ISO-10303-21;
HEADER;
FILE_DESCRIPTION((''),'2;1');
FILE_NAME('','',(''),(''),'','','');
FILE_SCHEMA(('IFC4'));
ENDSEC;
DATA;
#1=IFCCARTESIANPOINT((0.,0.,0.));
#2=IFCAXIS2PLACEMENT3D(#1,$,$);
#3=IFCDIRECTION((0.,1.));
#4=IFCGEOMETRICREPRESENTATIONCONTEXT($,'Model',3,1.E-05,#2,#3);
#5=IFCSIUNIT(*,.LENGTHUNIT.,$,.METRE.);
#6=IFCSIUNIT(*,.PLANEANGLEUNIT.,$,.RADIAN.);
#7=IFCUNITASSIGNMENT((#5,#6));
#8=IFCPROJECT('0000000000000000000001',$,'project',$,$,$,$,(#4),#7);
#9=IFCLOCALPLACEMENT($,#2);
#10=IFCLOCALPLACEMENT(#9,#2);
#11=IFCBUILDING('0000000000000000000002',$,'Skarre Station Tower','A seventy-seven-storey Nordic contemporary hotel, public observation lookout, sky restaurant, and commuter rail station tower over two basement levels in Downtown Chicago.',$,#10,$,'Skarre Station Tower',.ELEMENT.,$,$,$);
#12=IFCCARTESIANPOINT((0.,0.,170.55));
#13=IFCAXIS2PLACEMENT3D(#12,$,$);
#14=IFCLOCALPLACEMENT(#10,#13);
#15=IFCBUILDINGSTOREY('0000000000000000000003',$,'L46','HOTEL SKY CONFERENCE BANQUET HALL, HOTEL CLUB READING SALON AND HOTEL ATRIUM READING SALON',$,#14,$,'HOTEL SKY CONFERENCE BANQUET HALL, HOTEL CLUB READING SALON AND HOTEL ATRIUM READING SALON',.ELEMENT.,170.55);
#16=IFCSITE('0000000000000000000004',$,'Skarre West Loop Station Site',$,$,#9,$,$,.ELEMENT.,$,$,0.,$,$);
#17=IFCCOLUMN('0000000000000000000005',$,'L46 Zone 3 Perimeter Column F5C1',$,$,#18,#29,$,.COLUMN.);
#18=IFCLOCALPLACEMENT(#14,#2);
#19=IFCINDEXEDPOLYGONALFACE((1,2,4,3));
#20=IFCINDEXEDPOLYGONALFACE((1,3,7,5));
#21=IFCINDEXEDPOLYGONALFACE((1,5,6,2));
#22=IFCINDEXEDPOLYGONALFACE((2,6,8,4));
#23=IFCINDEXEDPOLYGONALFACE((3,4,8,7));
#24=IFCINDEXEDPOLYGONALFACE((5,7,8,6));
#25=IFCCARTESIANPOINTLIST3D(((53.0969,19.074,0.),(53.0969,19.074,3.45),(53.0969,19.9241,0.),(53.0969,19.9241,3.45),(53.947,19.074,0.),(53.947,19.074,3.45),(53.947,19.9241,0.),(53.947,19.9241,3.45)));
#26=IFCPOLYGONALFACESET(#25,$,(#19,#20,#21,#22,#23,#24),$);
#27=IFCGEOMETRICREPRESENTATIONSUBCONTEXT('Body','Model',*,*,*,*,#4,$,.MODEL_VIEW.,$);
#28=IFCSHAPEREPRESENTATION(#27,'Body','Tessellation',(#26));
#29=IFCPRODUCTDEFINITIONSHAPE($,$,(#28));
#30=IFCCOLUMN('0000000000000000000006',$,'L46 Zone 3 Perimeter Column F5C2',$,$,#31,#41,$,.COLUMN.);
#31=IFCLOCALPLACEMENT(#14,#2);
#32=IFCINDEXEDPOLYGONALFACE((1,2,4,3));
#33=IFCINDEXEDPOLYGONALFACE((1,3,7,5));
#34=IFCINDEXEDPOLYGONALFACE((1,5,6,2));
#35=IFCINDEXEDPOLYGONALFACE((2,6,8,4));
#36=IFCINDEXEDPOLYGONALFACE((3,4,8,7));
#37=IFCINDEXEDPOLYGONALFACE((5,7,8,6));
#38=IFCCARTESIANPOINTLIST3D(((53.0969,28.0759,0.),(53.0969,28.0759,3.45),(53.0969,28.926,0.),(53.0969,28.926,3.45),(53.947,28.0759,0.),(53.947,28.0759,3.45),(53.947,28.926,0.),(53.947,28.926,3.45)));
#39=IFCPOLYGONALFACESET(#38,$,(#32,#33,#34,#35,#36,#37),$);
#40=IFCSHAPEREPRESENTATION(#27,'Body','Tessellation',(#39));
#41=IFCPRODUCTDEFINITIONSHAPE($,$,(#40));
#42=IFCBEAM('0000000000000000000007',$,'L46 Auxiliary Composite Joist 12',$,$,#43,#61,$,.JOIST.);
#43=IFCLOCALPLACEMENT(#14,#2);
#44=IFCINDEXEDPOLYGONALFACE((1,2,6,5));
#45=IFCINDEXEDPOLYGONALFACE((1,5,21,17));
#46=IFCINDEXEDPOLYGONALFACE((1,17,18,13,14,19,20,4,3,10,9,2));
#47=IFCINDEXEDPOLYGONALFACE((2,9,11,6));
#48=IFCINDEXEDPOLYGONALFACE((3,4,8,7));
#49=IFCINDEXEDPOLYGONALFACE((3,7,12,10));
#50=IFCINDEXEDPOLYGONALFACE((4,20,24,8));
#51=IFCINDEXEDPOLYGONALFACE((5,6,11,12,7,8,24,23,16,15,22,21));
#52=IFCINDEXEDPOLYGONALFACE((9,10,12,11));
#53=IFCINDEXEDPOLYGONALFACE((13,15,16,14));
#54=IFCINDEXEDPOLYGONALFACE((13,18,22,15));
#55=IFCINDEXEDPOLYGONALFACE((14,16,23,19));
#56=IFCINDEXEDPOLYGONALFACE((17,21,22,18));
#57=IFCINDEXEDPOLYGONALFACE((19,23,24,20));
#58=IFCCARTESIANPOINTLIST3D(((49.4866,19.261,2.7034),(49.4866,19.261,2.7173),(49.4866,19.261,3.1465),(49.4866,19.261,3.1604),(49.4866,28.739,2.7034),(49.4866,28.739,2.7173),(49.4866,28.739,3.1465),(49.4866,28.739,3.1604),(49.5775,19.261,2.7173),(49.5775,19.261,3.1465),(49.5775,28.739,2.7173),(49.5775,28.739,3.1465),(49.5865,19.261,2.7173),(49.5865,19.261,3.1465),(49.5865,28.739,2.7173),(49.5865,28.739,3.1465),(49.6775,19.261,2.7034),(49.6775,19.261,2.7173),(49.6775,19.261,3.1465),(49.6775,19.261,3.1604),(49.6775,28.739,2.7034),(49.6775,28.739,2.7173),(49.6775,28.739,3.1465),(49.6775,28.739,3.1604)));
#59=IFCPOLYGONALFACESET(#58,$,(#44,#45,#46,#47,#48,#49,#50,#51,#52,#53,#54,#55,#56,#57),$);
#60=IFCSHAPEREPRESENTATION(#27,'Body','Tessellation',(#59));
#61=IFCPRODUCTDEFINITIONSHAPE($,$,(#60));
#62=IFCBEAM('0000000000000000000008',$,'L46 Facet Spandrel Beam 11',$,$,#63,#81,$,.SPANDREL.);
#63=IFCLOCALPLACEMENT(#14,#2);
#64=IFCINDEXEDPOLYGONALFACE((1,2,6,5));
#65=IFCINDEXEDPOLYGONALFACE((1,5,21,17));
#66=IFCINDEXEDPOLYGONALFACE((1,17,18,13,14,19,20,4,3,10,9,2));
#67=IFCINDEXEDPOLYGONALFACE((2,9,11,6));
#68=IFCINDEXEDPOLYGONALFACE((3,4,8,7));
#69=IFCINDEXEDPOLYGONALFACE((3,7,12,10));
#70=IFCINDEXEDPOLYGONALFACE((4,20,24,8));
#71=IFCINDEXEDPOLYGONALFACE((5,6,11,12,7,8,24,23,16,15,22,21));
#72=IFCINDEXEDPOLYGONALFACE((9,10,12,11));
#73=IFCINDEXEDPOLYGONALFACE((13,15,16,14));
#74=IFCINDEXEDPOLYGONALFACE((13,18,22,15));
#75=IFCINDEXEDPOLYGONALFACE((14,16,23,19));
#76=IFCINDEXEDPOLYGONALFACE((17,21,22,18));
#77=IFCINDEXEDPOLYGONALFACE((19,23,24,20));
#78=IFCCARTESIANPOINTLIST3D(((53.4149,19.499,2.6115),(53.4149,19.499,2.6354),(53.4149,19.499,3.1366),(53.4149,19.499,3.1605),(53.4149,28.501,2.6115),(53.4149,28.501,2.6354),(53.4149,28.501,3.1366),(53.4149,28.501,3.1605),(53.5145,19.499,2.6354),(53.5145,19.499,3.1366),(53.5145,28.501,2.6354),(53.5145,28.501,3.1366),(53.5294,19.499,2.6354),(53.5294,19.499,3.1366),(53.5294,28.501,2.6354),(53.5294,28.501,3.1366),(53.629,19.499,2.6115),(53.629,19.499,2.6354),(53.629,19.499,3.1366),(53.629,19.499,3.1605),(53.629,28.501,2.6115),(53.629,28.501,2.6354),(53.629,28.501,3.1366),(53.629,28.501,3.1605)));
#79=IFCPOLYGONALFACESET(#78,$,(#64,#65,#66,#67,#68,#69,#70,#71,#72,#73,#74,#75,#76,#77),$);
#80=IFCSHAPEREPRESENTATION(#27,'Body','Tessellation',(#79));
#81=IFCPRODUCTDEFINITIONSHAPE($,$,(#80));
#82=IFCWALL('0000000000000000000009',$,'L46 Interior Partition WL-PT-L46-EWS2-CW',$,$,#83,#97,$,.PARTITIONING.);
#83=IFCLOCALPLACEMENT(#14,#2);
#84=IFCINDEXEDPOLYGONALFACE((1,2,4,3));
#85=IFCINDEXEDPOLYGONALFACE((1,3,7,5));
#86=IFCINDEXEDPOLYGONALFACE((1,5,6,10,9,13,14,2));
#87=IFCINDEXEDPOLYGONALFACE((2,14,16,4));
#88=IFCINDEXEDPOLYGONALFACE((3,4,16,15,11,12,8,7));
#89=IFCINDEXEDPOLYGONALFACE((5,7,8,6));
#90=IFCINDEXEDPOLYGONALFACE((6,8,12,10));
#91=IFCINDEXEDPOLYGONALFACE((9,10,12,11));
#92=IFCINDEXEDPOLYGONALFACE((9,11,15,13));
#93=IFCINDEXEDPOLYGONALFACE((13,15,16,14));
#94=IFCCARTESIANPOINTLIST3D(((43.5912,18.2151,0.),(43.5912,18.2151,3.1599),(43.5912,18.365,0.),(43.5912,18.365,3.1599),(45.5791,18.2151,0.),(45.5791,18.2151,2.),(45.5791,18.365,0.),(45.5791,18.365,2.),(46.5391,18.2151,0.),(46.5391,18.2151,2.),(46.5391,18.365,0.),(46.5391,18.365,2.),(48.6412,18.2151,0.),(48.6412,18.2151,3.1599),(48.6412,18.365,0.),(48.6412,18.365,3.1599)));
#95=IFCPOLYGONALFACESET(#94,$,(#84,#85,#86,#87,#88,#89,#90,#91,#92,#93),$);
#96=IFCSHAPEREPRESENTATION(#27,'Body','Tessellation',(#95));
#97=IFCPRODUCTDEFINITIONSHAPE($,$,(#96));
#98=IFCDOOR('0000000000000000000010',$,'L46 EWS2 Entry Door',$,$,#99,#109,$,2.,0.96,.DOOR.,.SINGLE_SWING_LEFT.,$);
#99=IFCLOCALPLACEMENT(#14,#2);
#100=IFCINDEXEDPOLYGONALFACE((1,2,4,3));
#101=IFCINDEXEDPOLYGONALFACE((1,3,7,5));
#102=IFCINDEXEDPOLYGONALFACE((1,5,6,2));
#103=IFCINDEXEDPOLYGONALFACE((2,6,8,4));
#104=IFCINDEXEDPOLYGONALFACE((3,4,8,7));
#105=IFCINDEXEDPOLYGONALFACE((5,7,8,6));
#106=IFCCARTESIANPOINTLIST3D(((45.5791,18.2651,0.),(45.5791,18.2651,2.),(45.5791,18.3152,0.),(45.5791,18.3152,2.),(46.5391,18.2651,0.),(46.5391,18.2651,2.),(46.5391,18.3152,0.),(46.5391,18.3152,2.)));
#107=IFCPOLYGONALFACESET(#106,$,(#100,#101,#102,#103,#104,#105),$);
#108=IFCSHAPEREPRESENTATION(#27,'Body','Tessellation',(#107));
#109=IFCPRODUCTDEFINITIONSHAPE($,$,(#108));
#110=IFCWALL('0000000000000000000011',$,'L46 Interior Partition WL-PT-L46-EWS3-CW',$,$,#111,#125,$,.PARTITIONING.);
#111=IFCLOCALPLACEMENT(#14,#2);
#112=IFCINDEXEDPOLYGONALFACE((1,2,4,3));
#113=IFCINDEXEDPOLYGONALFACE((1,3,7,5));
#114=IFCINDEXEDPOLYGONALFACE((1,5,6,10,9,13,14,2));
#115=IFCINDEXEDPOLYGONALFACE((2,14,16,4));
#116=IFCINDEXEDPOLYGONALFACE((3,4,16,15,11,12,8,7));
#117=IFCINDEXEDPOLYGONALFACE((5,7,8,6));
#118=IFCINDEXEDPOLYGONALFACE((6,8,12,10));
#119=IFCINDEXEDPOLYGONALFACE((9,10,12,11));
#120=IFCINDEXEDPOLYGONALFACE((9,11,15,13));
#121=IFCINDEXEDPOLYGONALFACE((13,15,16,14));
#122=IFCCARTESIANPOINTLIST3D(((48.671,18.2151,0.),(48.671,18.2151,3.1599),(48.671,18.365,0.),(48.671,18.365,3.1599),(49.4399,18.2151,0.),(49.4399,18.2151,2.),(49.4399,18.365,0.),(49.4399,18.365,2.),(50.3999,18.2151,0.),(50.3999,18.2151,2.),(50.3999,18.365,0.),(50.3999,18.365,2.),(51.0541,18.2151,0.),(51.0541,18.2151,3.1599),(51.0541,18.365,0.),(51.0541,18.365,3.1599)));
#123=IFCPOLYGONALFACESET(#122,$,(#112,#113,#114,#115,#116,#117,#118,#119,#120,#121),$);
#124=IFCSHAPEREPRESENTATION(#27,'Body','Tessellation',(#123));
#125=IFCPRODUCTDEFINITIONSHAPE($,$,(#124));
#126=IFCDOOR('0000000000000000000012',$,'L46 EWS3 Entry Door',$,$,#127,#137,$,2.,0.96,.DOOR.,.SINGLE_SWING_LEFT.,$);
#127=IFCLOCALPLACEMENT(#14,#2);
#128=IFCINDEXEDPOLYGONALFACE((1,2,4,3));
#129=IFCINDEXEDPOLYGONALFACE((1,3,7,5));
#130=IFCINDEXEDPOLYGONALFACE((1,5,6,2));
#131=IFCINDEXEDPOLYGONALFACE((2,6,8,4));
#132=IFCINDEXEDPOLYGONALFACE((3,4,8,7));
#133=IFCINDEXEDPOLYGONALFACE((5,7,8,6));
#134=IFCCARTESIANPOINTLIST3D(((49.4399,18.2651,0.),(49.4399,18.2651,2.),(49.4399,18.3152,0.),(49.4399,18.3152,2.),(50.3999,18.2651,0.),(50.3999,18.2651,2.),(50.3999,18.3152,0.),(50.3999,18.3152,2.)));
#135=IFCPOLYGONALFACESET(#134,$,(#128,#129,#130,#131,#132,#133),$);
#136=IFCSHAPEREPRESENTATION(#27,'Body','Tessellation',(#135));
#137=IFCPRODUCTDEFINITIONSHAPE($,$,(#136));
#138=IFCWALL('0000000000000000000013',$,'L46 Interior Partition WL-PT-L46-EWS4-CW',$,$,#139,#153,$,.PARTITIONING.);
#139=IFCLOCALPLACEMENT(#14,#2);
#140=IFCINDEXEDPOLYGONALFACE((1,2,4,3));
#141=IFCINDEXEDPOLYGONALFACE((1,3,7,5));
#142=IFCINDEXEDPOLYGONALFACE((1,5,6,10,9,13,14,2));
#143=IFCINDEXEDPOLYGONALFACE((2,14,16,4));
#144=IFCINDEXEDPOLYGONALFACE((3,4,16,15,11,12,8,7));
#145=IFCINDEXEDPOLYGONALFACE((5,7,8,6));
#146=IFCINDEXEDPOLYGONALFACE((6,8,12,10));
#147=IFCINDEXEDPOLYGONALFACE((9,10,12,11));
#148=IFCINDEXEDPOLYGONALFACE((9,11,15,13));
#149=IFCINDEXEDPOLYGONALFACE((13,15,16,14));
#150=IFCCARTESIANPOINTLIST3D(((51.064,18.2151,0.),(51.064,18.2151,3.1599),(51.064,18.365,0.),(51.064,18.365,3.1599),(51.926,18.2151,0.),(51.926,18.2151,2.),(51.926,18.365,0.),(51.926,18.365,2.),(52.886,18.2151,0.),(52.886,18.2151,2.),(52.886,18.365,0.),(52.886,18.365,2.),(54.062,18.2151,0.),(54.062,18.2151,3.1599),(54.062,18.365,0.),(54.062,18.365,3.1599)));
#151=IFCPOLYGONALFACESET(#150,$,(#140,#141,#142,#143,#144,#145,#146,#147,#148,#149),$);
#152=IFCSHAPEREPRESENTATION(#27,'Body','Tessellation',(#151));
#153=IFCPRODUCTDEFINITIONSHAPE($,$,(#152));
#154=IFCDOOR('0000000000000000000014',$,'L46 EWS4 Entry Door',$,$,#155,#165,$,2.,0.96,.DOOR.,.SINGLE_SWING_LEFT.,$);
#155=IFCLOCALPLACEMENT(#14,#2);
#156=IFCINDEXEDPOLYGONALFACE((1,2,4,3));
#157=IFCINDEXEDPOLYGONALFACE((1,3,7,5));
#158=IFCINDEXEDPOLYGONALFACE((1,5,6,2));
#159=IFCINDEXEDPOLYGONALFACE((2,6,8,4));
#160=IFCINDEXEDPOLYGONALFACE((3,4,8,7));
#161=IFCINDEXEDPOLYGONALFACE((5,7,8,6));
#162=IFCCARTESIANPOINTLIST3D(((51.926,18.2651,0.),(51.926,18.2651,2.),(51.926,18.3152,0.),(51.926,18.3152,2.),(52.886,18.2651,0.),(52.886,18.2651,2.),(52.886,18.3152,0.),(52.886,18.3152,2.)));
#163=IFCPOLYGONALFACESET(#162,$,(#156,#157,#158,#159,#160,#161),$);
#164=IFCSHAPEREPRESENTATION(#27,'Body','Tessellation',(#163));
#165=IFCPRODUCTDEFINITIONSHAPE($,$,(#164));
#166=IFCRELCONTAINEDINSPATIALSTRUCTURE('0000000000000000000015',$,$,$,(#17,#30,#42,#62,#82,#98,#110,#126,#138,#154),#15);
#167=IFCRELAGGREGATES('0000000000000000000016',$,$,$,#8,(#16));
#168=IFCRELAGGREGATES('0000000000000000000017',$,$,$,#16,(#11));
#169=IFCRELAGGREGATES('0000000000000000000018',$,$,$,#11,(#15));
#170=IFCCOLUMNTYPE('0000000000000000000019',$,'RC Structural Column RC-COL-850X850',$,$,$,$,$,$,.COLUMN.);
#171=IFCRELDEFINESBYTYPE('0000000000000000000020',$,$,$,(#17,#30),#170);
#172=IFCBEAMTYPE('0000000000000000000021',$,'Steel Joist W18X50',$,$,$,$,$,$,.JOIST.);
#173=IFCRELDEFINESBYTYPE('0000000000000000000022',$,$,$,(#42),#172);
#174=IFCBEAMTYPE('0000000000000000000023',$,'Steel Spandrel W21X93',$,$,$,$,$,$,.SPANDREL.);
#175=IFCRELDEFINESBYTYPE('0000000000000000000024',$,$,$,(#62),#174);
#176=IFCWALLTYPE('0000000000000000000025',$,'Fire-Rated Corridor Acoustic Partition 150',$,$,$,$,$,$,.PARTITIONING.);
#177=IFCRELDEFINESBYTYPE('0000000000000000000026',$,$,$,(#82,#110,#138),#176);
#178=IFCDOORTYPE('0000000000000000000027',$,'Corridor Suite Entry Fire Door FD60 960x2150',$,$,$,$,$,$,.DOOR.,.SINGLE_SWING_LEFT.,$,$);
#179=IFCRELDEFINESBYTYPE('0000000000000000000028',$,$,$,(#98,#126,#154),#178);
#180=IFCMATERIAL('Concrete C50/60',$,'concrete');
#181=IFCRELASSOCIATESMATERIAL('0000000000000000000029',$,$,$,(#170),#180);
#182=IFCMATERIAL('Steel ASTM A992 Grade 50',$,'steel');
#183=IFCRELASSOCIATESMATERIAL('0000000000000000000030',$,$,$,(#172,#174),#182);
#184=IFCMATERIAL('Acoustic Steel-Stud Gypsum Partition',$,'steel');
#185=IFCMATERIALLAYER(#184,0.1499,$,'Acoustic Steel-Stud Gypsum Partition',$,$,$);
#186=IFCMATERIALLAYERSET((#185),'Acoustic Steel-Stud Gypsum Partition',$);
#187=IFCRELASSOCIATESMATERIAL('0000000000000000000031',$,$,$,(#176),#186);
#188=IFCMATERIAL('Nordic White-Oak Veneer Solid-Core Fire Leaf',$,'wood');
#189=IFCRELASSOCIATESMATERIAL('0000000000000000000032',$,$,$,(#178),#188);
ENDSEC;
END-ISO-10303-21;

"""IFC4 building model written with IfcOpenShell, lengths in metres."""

from ifc_helpers import new_model, si_unit, direction, frame, frame_2d, origin, origin_2d, place, context, subcontext, project, spatial, rectangle, i_section, extrude, material, layer, layer_set, material_profile, profile_set, type_object, element, fill, save


model = new_model("IFC4")

# Units and contexts
model_context = context("Model", 3, precision=1e-05, world=origin(), true_north=direction((0.0, 1.0)))
body_context = subcontext(model_context, "Body", "Model", "MODEL_VIEW")
ifc_project = project(units=[si_unit("LENGTHUNIT", "METRE"), si_unit("PLANEANGLEUNIT", "RADIAN")], contexts=[model_context])

# Site, building, storey
site_placement = place(None, origin())
site = spatial("IfcSite", under=ifc_project, at=site_placement, Name="Skarre West Loop Station Site", CompositionType="ELEMENT", RefElevation=0.0)
building_placement = place(site_placement, origin())
building = spatial("IfcBuilding", under=site, at=building_placement, Name="Skarre Station Tower", Description="A seventy-seven-storey Nordic contemporary hotel, public observation lookout, sky restaurant, and commuter rail station tower over two basement levels in Downtown Chicago.", LongName="Skarre Station Tower", CompositionType="ELEMENT")
storey_placement = place(building_placement, frame((0.0, 0.0, 170.55)))
storey = spatial("IfcBuildingStorey", under=building, at=storey_placement, Name="L46", Description="HOTEL SKY CONFERENCE BANQUET HALL, HOTEL CLUB READING SALON AND HOTEL ATRIUM READING SALON", LongName="HOTEL SKY CONFERENCE BANQUET HALL, HOTEL CLUB READING SALON AND HOTEL ATRIUM READING SALON", CompositionType="ELEMENT", Elevation=170.55)

# Columns
ifc_material_1 = material(Name="Concrete C50/60", Category="concrete")
ifc_material_profile_1 = material_profile(ifc_material_1, rectangle(XDim=0.8501, YDim=0.8501, at=origin_2d()), Name="Concrete C50/60")
ifc_profile_set_1 = profile_set([ifc_material_profile_1], Name="Concrete C50/60")
column_type = type_object("IfcColumnType", Name="RC Structural Column RC-COL-850X850", PredefinedType="COLUMN", material=ifc_profile_set_1)
for number, where, z_axis, x_axis, name in (
    (1, (53.522, 19.499, 0.0), (0.0, 0.0, 1.0), (1.0, 0.0, 0.0), "L46 Zone 3 Perimeter Column F5C1"),
    (2, (53.522, 28.501, 0.0), (0.0, 0.0, 1.0), (1.0, 0.0, 0.0), "L46 Zone 3 Perimeter Column F5C2"),
):
    element("IfcColumn", number, at=place(storey_placement, frame(where, z_axis=z_axis, x_axis=x_axis)), inside=storey, type_object=column_type, Name=name, PredefinedType="COLUMN", context=body_context, shape_type="SweptSolid", body=[
        extrude(rectangle(XDim=0.8501, YDim=0.8501, at=origin_2d()), origin(), (0.0, 0.0, 1.0), 3.45),
    ])

# Beams
ifc_material_2 = material(Name="Steel ASTM A992 Grade 50", Category="steel")
ifc_material_profile_2 = material_profile(ifc_material_2, i_section(OverallWidth=0.1909, OverallDepth=0.457, WebThickness=0.009, FlangeThickness=0.0139, at=origin_2d()), Name="Steel ASTM A992 Grade 50")
ifc_profile_set_2 = profile_set([ifc_material_profile_2], Name="Steel ASTM A992 Grade 50")
beam_type_1 = type_object("IfcBeamType", Name="Steel Joist W18X50", PredefinedType="JOIST", material=ifc_profile_set_2)
beam_1_placement = place(storey_placement, frame((49.582, 19.261, 2.9319), z_axis=(0.0, 1.0, 0.0), x_axis=(-1.0, 0.0, 0.0)))
element("IfcBeam", 3, at=beam_1_placement, inside=storey, type_object=beam_type_1, Name="L46 Auxiliary Composite Joist 12", PredefinedType="JOIST", context=body_context, shape_type="SweptSolid", body=[
    extrude(i_section(OverallWidth=0.1909, OverallDepth=0.457, WebThickness=0.009, FlangeThickness=0.0139, at=origin_2d()), origin(), (0.0, 0.0, 1.0), 9.478),
])
ifc_material_profile_3 = material_profile(ifc_material_2, i_section(OverallWidth=0.2141, OverallDepth=0.5491, WebThickness=0.0149, FlangeThickness=0.0239, at=origin_2d()), Name="Steel ASTM A992 Grade 50")
ifc_profile_set_3 = profile_set([ifc_material_profile_3], Name="Steel ASTM A992 Grade 50")
beam_type_2 = type_object("IfcBeamType", Name="Steel Spandrel W21X93", PredefinedType="SPANDREL", material=ifc_profile_set_3)
beam_2_placement = place(storey_placement, frame((53.522, 19.499, 2.886), z_axis=(0.0, 1.0, 0.0), x_axis=(-1.0, 0.0, 0.0)))
element("IfcBeam", 4, at=beam_2_placement, inside=storey, type_object=beam_type_2, Name="L46 Facet Spandrel Beam 11", PredefinedType="SPANDREL", context=body_context, shape_type="SweptSolid", body=[
    extrude(i_section(OverallWidth=0.2141, OverallDepth=0.5491, WebThickness=0.0149, FlangeThickness=0.0239, at=origin_2d()), origin(), (0.0, 0.0, 1.0), 9.002),
])

# Walls, openings, doors
ifc_material_3 = material(Name="Acoustic Steel-Stud Gypsum Partition", Category="steel")
ifc_layer_1 = layer(ifc_material_3, 0.1499, Name="Acoustic Steel-Stud Gypsum Partition")
ifc_layer_set_1 = layer_set([ifc_layer_1], Name="Acoustic Steel-Stud Gypsum Partition")
wall_type_1 = type_object("IfcWallType", Name="Fire-Rated Corridor Acoustic Partition 150", PredefinedType="PARTITIONING", material=ifc_layer_set_1)
wall_1_placement = place(storey_placement, frame((48.6411, 18.29, 0.0), z_axis=(0.0, 0.0, 1.0), x_axis=(-1.0, 0.0, 0.0)))
wall_1 = element("IfcWall", 5, at=wall_1_placement, inside=storey, type_object=wall_type_1, Name="L46 Interior Partition WL-PT-L46-EWS2-CW", PredefinedType="PARTITIONING", context=body_context, shape_type="SweptSolid", body=[
    extrude(rectangle(XDim=5.05, YDim=0.1499, at=frame_2d((2.5249, 0.0))), origin(), (0.0, 0.0, 1.0), 3.1599),
])
opening_1_placement = place(wall_1_placement, frame((2.1021, 0.0, 0.0)))
opening_1 = element("IfcOpeningElement", 6, at=opening_1_placement, cuts=wall_1, PredefinedType="OPENING", context=body_context, shape_type="SweptSolid", body=[
    extrude(rectangle(XDim=0.96, YDim=2.0, at=frame_2d((0.48, 1.0))), frame((0.0, 0.085, 0.0), z_axis=(0.0, -1.0, 0.0), x_axis=(1.0, 0.0, 0.0)), (0.0, 0.0, 1.0), 0.1699),
])
ifc_material_4 = material(Name="Nordic White-Oak Veneer Solid-Core Fire Leaf", Category="wood")
door_type = type_object("IfcDoorType", Name="Corridor Suite Entry Fire Door FD60 960x2150", OperationType="SINGLE_SWING_LEFT", PredefinedType="DOOR", material=ifc_material_4)
door_1_placement = place(opening_1_placement, origin())
door_1 = element("IfcDoor", 7, at=door_1_placement, inside=storey, type_object=door_type, Name="L46 EWS2 Entry Door", OperationType="SINGLE_SWING_LEFT", OverallHeight=2.0, OverallWidth=0.96, PredefinedType="DOOR", context=body_context, shape_type="SweptSolid", body=[
    extrude(rectangle(XDim=0.96, YDim=2.0, at=frame_2d((0.48, 1.0))), frame((0.0, 0.0249, 0.0), z_axis=(0.0, -1.0, 0.0), x_axis=(1.0, 0.0, 0.0)), (0.0, 0.0, 1.0), 0.05),
])
fill(opening_1, door_1)
wall_2_placement = place(storey_placement, frame((51.054, 18.29, 0.0), z_axis=(0.0, 0.0, 1.0), x_axis=(-1.0, 0.0, 0.0)))
wall_2 = element("IfcWall", 8, at=wall_2_placement, inside=storey, type_object=wall_type_1, Name="L46 Interior Partition WL-PT-L46-EWS3-CW", PredefinedType="PARTITIONING", context=body_context, shape_type="SweptSolid", body=[
    extrude(rectangle(XDim=2.3831, YDim=0.1499, at=frame_2d((1.1914, 0.0))), origin(), (0.0, 0.0, 1.0), 3.1599),
])
opening_2_placement = place(wall_2_placement, frame((0.6541, 0.0, 0.0)))
opening_2 = element("IfcOpeningElement", 9, at=opening_2_placement, cuts=wall_2, PredefinedType="OPENING", context=body_context, shape_type="SweptSolid", body=[
    extrude(rectangle(XDim=0.96, YDim=2.0, at=frame_2d((0.48, 1.0))), frame((0.0, 0.085, 0.0), z_axis=(0.0, -1.0, 0.0), x_axis=(1.0, 0.0, 0.0)), (0.0, 0.0, 1.0), 0.1699),
])
door_2_placement = place(opening_2_placement, origin())
door_2 = element("IfcDoor", 10, at=door_2_placement, inside=storey, type_object=door_type, Name="L46 EWS3 Entry Door", OperationType="SINGLE_SWING_LEFT", OverallHeight=2.0, OverallWidth=0.96, PredefinedType="DOOR", context=body_context, shape_type="SweptSolid", body=[
    extrude(rectangle(XDim=0.96, YDim=2.0, at=frame_2d((0.48, 1.0))), frame((0.0, 0.0249, 0.0), z_axis=(0.0, -1.0, 0.0), x_axis=(1.0, 0.0, 0.0)), (0.0, 0.0, 1.0), 0.05),
])
fill(opening_2, door_2)
wall_3_placement = place(storey_placement, frame((54.062, 18.29, 0.0), z_axis=(0.0, 0.0, 1.0), x_axis=(-1.0, 0.0, 0.0)))
wall_3 = element("IfcWall", 11, at=wall_3_placement, inside=storey, type_object=wall_type_1, Name="L46 Interior Partition WL-PT-L46-EWS4-CW", PredefinedType="PARTITIONING", context=body_context, shape_type="SweptSolid", body=[
    extrude(rectangle(XDim=2.998, YDim=0.1499, at=frame_2d((1.499, 0.0))), origin(), (0.0, 0.0, 1.0), 3.1599),
])
opening_3_placement = place(wall_3_placement, frame((1.176, 0.0, 0.0)))
opening_3 = element("IfcOpeningElement", 12, at=opening_3_placement, cuts=wall_3, PredefinedType="OPENING", context=body_context, shape_type="SweptSolid", body=[
    extrude(rectangle(XDim=0.96, YDim=2.0, at=frame_2d((0.48, 1.0))), frame((0.0, 0.085, 0.0), z_axis=(0.0, -1.0, 0.0), x_axis=(1.0, 0.0, 0.0)), (0.0, 0.0, 1.0), 0.1699),
])
door_3_placement = place(opening_3_placement, origin())
door_3 = element("IfcDoor", 13, at=door_3_placement, inside=storey, type_object=door_type, Name="L46 EWS4 Entry Door", OperationType="SINGLE_SWING_LEFT", OverallHeight=2.0, OverallWidth=0.96, PredefinedType="DOOR", context=body_context, shape_type="SweptSolid", body=[
    extrude(rectangle(XDim=0.96, YDim=2.0, at=frame_2d((0.48, 1.0))), frame((0.0, 0.0249, 0.0), z_axis=(0.0, -1.0, 0.0), x_axis=(1.0, 0.0, 0.0)), (0.0, 0.0, 1.0), 0.05),
])
fill(opening_3, door_3)

save(model, "model.ifc")
